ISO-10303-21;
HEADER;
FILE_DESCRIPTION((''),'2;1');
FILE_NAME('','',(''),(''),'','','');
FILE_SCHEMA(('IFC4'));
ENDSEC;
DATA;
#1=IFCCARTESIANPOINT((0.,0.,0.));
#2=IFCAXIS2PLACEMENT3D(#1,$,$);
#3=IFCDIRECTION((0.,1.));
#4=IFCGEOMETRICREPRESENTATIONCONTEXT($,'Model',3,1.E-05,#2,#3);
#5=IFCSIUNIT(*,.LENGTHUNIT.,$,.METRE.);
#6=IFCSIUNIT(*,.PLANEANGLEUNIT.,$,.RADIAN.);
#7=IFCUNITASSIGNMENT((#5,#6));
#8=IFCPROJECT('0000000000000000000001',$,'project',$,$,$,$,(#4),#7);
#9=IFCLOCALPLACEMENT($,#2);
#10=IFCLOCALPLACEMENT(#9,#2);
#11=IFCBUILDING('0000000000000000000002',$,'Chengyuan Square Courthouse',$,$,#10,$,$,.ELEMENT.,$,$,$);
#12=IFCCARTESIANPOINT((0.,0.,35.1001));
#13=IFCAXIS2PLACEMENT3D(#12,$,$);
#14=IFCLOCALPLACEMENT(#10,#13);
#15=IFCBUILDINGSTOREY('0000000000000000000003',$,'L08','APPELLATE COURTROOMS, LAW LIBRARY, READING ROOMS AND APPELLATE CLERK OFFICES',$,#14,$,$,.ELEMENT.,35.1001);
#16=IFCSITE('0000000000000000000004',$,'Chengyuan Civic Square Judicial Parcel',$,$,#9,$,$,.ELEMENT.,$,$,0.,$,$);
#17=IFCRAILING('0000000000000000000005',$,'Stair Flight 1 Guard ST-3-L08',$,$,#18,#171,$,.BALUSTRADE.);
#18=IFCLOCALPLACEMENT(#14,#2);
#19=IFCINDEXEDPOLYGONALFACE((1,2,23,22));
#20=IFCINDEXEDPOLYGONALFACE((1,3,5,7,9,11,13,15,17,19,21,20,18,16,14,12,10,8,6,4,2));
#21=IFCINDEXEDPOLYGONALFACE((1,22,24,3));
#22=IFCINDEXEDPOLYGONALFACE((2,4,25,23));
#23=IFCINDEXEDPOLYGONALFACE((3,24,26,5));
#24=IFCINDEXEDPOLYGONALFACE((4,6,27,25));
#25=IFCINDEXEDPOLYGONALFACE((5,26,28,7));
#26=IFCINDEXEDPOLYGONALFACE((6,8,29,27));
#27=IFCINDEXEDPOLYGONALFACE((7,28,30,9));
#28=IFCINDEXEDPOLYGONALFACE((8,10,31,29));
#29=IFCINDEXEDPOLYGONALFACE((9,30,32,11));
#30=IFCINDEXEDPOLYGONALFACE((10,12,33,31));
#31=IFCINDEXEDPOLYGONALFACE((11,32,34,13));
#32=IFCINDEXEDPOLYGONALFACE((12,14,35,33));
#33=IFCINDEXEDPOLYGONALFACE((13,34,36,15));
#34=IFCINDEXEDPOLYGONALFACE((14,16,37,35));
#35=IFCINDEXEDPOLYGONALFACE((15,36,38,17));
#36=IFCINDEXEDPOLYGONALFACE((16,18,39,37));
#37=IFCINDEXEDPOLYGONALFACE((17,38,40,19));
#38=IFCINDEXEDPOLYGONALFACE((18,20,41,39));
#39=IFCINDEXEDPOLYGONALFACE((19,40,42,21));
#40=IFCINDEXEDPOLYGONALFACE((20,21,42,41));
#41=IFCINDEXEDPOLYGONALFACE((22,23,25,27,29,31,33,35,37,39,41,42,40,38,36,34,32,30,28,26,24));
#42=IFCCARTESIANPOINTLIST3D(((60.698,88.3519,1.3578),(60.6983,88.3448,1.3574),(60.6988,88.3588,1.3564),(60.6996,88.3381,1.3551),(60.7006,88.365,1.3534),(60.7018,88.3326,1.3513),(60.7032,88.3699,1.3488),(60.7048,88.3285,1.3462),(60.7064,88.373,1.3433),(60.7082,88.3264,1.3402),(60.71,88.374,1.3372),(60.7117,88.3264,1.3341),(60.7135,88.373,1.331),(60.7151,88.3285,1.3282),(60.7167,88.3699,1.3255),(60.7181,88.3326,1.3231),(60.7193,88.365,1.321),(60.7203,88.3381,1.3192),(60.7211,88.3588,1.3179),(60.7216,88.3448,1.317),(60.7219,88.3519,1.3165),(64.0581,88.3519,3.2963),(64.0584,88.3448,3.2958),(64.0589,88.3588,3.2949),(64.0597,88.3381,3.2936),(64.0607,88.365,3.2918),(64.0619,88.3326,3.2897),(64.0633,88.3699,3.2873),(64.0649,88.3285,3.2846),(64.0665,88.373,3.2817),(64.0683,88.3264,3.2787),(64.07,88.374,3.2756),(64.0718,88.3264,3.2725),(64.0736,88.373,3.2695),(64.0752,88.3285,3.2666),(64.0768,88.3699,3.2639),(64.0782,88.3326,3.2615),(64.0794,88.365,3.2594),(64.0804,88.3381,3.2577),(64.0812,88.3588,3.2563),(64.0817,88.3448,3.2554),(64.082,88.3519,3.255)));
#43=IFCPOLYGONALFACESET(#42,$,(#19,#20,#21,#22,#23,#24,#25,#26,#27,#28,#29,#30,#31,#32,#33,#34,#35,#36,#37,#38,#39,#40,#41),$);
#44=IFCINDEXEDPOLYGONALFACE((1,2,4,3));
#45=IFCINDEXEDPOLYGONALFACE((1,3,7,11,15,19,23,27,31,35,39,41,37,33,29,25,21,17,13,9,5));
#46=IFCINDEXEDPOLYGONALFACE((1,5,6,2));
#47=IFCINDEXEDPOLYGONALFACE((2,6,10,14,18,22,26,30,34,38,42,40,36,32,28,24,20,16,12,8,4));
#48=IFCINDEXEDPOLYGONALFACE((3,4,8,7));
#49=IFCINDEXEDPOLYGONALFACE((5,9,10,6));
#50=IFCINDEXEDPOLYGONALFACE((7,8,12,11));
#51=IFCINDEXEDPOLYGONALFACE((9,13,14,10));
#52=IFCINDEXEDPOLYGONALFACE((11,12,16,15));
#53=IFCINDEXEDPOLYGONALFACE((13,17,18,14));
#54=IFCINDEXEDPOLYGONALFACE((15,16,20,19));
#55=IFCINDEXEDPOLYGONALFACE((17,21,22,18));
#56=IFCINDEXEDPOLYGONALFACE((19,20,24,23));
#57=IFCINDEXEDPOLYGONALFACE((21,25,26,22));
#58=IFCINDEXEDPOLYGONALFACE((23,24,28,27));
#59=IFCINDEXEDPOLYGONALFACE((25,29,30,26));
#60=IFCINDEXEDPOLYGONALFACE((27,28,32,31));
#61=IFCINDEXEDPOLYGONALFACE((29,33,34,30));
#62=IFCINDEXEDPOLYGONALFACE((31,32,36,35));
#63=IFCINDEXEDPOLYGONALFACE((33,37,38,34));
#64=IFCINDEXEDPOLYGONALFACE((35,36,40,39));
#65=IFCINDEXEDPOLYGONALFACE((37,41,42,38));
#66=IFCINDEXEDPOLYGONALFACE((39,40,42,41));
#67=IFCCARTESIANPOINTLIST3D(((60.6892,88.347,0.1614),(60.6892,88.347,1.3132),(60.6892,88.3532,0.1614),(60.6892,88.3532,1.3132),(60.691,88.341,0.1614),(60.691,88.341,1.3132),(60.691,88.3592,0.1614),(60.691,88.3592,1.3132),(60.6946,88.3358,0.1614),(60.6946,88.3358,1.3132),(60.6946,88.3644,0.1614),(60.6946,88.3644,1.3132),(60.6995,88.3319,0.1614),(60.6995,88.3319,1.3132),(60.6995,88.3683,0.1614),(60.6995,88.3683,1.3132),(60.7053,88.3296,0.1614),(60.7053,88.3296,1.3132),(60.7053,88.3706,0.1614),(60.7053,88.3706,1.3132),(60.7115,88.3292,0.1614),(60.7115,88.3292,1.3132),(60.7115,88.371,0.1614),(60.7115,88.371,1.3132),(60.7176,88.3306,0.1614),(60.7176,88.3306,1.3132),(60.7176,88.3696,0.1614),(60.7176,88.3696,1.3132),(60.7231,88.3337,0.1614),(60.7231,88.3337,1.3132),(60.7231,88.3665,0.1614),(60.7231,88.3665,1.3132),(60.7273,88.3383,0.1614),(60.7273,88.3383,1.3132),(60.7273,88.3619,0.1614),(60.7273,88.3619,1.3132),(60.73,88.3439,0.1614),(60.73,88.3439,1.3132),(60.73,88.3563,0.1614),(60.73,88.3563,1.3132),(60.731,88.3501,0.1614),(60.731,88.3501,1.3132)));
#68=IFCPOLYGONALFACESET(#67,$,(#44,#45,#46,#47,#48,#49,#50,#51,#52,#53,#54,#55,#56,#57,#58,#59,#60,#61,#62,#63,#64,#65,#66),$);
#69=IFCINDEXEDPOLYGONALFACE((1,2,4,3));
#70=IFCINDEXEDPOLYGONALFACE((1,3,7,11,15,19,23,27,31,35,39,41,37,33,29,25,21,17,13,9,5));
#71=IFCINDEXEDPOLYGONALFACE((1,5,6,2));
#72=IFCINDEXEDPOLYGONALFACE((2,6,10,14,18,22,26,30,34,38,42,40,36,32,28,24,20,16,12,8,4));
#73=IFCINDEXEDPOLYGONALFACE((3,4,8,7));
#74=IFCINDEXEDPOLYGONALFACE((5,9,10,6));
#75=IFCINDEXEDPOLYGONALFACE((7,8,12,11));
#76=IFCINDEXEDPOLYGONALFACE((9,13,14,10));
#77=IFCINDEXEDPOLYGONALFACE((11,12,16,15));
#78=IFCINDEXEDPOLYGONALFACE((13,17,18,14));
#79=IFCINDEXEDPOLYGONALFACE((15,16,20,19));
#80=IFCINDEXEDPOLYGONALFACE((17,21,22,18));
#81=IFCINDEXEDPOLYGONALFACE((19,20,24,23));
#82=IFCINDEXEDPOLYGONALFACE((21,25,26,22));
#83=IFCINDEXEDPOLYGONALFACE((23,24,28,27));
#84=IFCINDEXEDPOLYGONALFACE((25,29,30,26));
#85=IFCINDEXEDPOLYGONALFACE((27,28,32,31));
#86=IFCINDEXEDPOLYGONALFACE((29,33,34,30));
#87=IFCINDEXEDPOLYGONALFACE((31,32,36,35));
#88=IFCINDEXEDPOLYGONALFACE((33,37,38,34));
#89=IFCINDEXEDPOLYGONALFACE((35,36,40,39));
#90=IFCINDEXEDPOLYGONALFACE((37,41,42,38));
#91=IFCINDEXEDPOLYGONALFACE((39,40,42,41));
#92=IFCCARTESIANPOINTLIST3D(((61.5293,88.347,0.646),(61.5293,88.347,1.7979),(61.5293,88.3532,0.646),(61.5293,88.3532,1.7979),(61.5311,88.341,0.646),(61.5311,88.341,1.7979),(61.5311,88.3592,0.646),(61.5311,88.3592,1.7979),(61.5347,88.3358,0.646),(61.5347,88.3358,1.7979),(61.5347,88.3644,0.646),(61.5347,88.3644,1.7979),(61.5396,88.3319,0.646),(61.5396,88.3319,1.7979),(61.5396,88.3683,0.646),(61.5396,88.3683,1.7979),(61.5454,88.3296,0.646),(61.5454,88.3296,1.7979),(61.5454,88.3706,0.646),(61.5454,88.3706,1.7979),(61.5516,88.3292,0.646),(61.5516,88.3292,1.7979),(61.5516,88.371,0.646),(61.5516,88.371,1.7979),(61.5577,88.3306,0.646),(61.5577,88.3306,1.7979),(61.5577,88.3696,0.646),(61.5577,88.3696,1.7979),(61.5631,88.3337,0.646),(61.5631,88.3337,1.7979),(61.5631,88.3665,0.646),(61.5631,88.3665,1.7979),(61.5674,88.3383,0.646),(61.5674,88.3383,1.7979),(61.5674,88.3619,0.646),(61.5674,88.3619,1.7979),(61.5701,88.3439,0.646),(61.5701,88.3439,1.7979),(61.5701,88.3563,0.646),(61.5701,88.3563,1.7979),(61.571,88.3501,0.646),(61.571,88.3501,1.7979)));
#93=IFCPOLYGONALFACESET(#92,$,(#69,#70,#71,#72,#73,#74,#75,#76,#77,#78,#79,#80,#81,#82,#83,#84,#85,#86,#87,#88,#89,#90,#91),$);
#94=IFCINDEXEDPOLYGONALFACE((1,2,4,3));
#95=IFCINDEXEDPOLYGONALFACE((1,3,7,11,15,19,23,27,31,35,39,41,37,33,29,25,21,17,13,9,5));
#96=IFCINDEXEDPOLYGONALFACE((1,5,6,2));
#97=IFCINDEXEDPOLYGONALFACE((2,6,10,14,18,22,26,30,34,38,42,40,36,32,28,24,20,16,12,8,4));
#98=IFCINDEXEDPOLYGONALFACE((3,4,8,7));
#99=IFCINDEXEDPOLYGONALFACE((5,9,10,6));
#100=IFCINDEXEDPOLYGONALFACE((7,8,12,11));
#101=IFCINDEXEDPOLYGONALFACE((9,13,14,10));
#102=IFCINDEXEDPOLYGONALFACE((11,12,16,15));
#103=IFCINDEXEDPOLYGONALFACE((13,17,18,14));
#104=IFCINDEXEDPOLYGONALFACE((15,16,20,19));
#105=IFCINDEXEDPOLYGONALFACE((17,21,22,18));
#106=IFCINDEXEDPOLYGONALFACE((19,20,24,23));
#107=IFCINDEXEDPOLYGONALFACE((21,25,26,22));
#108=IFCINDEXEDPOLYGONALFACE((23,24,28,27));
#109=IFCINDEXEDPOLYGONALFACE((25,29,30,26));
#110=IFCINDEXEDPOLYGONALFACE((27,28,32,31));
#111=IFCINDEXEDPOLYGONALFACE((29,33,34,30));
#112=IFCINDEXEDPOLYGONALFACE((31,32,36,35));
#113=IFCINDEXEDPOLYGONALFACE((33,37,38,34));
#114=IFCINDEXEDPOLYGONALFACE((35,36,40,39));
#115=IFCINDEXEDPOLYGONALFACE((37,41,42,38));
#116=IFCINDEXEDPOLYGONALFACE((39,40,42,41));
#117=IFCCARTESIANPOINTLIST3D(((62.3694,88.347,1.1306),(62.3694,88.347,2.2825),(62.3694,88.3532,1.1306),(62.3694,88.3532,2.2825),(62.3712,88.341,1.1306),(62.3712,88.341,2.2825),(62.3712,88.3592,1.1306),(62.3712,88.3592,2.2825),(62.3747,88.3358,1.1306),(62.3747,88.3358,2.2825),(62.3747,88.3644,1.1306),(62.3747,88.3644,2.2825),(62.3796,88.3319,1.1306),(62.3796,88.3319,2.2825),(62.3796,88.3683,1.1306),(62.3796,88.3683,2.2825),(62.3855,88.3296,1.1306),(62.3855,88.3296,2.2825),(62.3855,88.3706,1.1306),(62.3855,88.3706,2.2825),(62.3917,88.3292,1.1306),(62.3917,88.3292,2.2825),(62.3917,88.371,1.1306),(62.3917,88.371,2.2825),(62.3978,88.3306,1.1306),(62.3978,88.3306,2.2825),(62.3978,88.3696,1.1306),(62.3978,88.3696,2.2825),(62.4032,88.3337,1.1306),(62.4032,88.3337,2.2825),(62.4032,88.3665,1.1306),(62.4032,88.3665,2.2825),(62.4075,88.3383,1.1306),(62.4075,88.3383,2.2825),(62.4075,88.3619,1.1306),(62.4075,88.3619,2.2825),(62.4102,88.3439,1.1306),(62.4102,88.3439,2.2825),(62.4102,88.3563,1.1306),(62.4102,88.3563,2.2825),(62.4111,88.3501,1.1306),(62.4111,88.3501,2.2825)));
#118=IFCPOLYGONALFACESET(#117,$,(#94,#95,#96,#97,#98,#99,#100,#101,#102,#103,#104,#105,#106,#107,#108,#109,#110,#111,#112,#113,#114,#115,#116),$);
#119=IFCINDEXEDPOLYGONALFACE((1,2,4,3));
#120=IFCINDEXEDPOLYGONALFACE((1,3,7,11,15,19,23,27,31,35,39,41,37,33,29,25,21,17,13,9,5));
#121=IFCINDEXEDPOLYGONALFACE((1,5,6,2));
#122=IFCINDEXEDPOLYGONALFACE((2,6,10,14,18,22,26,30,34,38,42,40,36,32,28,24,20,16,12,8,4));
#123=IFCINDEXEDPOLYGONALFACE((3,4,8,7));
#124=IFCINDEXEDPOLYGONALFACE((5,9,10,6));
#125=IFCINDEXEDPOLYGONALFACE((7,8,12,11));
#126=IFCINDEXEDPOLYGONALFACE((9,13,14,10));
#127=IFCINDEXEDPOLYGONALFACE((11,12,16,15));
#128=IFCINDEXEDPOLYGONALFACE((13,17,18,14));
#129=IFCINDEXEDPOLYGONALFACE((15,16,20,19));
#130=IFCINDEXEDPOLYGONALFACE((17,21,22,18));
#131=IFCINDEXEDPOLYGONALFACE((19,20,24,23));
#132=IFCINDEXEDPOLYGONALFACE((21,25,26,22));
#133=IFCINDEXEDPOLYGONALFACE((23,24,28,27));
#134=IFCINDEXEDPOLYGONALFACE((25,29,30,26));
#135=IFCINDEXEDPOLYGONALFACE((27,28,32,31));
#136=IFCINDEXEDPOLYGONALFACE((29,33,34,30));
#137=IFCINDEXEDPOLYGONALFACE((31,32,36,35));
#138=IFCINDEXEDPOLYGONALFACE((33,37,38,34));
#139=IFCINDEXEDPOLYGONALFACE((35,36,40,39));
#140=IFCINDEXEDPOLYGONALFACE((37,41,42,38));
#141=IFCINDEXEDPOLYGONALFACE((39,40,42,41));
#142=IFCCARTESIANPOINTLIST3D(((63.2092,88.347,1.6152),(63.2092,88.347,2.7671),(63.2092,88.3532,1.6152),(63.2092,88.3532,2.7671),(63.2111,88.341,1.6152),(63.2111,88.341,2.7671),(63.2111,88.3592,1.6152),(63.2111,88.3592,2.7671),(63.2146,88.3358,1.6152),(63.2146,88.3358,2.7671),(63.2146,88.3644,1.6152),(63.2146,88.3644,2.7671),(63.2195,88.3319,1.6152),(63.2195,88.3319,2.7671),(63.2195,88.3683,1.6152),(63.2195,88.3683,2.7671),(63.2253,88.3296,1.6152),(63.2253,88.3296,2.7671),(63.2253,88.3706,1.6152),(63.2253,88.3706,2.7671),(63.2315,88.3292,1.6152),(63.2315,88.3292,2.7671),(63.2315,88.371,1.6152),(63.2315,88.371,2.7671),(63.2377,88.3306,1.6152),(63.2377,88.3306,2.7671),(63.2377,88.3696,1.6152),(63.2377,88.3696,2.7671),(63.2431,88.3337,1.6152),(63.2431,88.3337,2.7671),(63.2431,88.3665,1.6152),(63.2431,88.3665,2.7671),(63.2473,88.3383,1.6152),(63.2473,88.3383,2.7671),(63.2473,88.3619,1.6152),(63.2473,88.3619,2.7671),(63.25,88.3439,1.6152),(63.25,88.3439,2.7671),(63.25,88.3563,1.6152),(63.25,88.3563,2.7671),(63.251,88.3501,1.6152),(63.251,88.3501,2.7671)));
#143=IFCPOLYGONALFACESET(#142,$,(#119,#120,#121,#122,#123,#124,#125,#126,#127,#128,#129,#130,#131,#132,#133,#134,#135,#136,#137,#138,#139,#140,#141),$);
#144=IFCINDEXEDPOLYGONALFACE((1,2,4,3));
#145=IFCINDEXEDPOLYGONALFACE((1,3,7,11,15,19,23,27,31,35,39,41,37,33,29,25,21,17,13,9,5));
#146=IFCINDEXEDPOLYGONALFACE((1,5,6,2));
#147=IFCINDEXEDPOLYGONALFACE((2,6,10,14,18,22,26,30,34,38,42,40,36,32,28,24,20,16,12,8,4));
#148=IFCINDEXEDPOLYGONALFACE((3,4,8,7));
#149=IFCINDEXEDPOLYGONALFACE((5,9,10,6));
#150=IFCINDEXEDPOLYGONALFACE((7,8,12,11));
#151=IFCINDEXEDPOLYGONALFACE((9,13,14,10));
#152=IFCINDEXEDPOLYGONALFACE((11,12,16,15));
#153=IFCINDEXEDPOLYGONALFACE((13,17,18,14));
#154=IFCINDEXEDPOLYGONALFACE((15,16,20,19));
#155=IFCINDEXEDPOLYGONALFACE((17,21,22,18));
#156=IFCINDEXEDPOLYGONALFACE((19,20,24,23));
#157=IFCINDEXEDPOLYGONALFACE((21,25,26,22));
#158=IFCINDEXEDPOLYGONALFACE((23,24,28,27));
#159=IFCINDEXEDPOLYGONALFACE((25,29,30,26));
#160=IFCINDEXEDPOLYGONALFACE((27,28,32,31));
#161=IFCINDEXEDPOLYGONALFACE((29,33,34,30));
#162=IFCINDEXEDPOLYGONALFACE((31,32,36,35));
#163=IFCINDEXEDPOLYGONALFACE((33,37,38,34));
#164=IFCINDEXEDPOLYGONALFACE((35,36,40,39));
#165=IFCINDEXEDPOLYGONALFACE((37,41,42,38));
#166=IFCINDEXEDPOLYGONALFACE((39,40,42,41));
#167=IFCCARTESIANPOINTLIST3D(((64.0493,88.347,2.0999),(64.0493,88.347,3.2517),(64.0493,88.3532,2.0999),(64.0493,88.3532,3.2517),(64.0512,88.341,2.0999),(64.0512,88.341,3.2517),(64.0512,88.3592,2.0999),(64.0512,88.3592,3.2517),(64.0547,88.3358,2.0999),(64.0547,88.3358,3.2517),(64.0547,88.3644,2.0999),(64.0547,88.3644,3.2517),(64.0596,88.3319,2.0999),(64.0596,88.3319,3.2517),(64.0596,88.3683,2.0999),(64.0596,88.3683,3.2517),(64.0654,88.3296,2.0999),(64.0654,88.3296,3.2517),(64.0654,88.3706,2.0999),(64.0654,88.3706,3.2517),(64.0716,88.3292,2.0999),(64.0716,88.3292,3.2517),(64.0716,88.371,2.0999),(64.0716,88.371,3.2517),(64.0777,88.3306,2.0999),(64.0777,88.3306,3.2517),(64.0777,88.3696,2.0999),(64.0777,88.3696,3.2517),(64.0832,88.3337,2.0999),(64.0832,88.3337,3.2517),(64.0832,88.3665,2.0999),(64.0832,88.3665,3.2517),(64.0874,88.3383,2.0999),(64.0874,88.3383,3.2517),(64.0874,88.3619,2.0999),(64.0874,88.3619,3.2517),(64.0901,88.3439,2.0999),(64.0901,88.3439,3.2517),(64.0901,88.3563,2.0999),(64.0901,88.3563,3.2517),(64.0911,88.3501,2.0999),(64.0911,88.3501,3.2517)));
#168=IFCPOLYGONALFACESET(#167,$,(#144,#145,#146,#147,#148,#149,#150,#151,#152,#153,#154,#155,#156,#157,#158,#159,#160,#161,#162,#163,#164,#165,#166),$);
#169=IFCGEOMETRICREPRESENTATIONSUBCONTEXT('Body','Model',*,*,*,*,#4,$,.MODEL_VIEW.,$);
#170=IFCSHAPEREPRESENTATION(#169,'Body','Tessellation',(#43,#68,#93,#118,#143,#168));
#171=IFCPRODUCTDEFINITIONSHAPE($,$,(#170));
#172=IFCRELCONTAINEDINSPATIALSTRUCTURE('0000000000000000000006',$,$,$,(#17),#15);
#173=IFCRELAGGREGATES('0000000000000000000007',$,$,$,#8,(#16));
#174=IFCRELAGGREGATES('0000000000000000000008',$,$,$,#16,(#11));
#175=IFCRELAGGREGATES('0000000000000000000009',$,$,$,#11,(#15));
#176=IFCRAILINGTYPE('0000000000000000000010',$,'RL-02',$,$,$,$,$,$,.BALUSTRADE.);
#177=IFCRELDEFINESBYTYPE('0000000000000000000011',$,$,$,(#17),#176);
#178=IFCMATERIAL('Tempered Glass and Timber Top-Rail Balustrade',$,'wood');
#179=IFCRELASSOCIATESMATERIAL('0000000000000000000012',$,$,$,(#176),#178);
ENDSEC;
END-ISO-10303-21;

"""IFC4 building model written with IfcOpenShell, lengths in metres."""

from ifc_helpers import new_model, si_unit, direction, frame, origin, origin_2d, place, context, subcontext, project, spatial, circle, extrude, material, type_object, element, save


model = new_model("IFC4")

# Units and contexts
model_context = context("Model", 3, precision=1e-05, world=origin(), true_north=direction((0.0, 1.0)))
body_context = subcontext(model_context, "Body", "Model", "MODEL_VIEW")
ifc_project = project(units=[si_unit("LENGTHUNIT", "METRE"), si_unit("PLANEANGLEUNIT", "RADIAN")], contexts=[model_context])

# Site, building, storey
site_placement = place(None, origin())
site = spatial("IfcSite", under=ifc_project, at=site_placement, Name="Chengyuan Civic Square Judicial Parcel", CompositionType="ELEMENT", RefElevation=0.0)
building_placement = place(site_placement, origin())
building = spatial("IfcBuilding", under=site, at=building_placement, Name="Chengyuan Square Courthouse", CompositionType="ELEMENT")
storey_placement = place(building_placement, frame((0.0, 0.0, 35.1001)))
storey = spatial("IfcBuildingStorey", under=building, at=storey_placement, Name="L08", Description="APPELLATE COURTROOMS, LAW LIBRARY, READING ROOMS AND APPELLATE CLERK OFFICES", CompositionType="ELEMENT", Elevation=35.1001)

# Railing
ifc_material_1 = material(Name="Tempered Glass and Timber Top-Rail Balustrade", Category="wood")
railing_type = type_object("IfcRailingType", Name="RL-02", PredefinedType="BALUSTRADE", material=ifc_material_1)
railing_1_placement = place(storey_placement, frame((60.71, 88.3501, 0.1614)))
element("IfcRailing", 1, at=railing_1_placement, inside=storey, type_object=railing_type, Name="Stair Flight 1 Guard ST-3-L08", PredefinedType="BALUSTRADE", context=body_context, shape_type="SweptSolid", body=[
    extrude(circle(Radius=0.0239, at=origin_2d()), frame((0.0, 0.0, 1.1758), z_axis=(0.866191, 0.0, 0.499713), x_axis=(0.0, 1.0, 0.0)), (0.0, 0.0, 1.0), 3.8792),
    extrude(circle(Radius=0.021, at=origin_2d()), origin(), (0.0, 0.0, 1.0), 1.1519),
    extrude(circle(Radius=0.021, at=origin_2d()), frame((0.8401, 0.0, 0.4846)), (0.0, 0.0, 1.0), 1.1519),
    extrude(circle(Radius=0.021, at=origin_2d()), frame((1.6802, 0.0, 0.9692)), (0.0, 0.0, 1.0), 1.1519),
    extrude(circle(Radius=0.021, at=origin_2d()), frame((2.52, 0.0, 1.4539)), (0.0, 0.0, 1.0), 1.1519),
    extrude(circle(Radius=0.021, at=origin_2d()), frame((3.3601, 0.0, 1.9385)), (0.0, 0.0, 1.0), 1.1519),
])

save(model, "model.ifc")
